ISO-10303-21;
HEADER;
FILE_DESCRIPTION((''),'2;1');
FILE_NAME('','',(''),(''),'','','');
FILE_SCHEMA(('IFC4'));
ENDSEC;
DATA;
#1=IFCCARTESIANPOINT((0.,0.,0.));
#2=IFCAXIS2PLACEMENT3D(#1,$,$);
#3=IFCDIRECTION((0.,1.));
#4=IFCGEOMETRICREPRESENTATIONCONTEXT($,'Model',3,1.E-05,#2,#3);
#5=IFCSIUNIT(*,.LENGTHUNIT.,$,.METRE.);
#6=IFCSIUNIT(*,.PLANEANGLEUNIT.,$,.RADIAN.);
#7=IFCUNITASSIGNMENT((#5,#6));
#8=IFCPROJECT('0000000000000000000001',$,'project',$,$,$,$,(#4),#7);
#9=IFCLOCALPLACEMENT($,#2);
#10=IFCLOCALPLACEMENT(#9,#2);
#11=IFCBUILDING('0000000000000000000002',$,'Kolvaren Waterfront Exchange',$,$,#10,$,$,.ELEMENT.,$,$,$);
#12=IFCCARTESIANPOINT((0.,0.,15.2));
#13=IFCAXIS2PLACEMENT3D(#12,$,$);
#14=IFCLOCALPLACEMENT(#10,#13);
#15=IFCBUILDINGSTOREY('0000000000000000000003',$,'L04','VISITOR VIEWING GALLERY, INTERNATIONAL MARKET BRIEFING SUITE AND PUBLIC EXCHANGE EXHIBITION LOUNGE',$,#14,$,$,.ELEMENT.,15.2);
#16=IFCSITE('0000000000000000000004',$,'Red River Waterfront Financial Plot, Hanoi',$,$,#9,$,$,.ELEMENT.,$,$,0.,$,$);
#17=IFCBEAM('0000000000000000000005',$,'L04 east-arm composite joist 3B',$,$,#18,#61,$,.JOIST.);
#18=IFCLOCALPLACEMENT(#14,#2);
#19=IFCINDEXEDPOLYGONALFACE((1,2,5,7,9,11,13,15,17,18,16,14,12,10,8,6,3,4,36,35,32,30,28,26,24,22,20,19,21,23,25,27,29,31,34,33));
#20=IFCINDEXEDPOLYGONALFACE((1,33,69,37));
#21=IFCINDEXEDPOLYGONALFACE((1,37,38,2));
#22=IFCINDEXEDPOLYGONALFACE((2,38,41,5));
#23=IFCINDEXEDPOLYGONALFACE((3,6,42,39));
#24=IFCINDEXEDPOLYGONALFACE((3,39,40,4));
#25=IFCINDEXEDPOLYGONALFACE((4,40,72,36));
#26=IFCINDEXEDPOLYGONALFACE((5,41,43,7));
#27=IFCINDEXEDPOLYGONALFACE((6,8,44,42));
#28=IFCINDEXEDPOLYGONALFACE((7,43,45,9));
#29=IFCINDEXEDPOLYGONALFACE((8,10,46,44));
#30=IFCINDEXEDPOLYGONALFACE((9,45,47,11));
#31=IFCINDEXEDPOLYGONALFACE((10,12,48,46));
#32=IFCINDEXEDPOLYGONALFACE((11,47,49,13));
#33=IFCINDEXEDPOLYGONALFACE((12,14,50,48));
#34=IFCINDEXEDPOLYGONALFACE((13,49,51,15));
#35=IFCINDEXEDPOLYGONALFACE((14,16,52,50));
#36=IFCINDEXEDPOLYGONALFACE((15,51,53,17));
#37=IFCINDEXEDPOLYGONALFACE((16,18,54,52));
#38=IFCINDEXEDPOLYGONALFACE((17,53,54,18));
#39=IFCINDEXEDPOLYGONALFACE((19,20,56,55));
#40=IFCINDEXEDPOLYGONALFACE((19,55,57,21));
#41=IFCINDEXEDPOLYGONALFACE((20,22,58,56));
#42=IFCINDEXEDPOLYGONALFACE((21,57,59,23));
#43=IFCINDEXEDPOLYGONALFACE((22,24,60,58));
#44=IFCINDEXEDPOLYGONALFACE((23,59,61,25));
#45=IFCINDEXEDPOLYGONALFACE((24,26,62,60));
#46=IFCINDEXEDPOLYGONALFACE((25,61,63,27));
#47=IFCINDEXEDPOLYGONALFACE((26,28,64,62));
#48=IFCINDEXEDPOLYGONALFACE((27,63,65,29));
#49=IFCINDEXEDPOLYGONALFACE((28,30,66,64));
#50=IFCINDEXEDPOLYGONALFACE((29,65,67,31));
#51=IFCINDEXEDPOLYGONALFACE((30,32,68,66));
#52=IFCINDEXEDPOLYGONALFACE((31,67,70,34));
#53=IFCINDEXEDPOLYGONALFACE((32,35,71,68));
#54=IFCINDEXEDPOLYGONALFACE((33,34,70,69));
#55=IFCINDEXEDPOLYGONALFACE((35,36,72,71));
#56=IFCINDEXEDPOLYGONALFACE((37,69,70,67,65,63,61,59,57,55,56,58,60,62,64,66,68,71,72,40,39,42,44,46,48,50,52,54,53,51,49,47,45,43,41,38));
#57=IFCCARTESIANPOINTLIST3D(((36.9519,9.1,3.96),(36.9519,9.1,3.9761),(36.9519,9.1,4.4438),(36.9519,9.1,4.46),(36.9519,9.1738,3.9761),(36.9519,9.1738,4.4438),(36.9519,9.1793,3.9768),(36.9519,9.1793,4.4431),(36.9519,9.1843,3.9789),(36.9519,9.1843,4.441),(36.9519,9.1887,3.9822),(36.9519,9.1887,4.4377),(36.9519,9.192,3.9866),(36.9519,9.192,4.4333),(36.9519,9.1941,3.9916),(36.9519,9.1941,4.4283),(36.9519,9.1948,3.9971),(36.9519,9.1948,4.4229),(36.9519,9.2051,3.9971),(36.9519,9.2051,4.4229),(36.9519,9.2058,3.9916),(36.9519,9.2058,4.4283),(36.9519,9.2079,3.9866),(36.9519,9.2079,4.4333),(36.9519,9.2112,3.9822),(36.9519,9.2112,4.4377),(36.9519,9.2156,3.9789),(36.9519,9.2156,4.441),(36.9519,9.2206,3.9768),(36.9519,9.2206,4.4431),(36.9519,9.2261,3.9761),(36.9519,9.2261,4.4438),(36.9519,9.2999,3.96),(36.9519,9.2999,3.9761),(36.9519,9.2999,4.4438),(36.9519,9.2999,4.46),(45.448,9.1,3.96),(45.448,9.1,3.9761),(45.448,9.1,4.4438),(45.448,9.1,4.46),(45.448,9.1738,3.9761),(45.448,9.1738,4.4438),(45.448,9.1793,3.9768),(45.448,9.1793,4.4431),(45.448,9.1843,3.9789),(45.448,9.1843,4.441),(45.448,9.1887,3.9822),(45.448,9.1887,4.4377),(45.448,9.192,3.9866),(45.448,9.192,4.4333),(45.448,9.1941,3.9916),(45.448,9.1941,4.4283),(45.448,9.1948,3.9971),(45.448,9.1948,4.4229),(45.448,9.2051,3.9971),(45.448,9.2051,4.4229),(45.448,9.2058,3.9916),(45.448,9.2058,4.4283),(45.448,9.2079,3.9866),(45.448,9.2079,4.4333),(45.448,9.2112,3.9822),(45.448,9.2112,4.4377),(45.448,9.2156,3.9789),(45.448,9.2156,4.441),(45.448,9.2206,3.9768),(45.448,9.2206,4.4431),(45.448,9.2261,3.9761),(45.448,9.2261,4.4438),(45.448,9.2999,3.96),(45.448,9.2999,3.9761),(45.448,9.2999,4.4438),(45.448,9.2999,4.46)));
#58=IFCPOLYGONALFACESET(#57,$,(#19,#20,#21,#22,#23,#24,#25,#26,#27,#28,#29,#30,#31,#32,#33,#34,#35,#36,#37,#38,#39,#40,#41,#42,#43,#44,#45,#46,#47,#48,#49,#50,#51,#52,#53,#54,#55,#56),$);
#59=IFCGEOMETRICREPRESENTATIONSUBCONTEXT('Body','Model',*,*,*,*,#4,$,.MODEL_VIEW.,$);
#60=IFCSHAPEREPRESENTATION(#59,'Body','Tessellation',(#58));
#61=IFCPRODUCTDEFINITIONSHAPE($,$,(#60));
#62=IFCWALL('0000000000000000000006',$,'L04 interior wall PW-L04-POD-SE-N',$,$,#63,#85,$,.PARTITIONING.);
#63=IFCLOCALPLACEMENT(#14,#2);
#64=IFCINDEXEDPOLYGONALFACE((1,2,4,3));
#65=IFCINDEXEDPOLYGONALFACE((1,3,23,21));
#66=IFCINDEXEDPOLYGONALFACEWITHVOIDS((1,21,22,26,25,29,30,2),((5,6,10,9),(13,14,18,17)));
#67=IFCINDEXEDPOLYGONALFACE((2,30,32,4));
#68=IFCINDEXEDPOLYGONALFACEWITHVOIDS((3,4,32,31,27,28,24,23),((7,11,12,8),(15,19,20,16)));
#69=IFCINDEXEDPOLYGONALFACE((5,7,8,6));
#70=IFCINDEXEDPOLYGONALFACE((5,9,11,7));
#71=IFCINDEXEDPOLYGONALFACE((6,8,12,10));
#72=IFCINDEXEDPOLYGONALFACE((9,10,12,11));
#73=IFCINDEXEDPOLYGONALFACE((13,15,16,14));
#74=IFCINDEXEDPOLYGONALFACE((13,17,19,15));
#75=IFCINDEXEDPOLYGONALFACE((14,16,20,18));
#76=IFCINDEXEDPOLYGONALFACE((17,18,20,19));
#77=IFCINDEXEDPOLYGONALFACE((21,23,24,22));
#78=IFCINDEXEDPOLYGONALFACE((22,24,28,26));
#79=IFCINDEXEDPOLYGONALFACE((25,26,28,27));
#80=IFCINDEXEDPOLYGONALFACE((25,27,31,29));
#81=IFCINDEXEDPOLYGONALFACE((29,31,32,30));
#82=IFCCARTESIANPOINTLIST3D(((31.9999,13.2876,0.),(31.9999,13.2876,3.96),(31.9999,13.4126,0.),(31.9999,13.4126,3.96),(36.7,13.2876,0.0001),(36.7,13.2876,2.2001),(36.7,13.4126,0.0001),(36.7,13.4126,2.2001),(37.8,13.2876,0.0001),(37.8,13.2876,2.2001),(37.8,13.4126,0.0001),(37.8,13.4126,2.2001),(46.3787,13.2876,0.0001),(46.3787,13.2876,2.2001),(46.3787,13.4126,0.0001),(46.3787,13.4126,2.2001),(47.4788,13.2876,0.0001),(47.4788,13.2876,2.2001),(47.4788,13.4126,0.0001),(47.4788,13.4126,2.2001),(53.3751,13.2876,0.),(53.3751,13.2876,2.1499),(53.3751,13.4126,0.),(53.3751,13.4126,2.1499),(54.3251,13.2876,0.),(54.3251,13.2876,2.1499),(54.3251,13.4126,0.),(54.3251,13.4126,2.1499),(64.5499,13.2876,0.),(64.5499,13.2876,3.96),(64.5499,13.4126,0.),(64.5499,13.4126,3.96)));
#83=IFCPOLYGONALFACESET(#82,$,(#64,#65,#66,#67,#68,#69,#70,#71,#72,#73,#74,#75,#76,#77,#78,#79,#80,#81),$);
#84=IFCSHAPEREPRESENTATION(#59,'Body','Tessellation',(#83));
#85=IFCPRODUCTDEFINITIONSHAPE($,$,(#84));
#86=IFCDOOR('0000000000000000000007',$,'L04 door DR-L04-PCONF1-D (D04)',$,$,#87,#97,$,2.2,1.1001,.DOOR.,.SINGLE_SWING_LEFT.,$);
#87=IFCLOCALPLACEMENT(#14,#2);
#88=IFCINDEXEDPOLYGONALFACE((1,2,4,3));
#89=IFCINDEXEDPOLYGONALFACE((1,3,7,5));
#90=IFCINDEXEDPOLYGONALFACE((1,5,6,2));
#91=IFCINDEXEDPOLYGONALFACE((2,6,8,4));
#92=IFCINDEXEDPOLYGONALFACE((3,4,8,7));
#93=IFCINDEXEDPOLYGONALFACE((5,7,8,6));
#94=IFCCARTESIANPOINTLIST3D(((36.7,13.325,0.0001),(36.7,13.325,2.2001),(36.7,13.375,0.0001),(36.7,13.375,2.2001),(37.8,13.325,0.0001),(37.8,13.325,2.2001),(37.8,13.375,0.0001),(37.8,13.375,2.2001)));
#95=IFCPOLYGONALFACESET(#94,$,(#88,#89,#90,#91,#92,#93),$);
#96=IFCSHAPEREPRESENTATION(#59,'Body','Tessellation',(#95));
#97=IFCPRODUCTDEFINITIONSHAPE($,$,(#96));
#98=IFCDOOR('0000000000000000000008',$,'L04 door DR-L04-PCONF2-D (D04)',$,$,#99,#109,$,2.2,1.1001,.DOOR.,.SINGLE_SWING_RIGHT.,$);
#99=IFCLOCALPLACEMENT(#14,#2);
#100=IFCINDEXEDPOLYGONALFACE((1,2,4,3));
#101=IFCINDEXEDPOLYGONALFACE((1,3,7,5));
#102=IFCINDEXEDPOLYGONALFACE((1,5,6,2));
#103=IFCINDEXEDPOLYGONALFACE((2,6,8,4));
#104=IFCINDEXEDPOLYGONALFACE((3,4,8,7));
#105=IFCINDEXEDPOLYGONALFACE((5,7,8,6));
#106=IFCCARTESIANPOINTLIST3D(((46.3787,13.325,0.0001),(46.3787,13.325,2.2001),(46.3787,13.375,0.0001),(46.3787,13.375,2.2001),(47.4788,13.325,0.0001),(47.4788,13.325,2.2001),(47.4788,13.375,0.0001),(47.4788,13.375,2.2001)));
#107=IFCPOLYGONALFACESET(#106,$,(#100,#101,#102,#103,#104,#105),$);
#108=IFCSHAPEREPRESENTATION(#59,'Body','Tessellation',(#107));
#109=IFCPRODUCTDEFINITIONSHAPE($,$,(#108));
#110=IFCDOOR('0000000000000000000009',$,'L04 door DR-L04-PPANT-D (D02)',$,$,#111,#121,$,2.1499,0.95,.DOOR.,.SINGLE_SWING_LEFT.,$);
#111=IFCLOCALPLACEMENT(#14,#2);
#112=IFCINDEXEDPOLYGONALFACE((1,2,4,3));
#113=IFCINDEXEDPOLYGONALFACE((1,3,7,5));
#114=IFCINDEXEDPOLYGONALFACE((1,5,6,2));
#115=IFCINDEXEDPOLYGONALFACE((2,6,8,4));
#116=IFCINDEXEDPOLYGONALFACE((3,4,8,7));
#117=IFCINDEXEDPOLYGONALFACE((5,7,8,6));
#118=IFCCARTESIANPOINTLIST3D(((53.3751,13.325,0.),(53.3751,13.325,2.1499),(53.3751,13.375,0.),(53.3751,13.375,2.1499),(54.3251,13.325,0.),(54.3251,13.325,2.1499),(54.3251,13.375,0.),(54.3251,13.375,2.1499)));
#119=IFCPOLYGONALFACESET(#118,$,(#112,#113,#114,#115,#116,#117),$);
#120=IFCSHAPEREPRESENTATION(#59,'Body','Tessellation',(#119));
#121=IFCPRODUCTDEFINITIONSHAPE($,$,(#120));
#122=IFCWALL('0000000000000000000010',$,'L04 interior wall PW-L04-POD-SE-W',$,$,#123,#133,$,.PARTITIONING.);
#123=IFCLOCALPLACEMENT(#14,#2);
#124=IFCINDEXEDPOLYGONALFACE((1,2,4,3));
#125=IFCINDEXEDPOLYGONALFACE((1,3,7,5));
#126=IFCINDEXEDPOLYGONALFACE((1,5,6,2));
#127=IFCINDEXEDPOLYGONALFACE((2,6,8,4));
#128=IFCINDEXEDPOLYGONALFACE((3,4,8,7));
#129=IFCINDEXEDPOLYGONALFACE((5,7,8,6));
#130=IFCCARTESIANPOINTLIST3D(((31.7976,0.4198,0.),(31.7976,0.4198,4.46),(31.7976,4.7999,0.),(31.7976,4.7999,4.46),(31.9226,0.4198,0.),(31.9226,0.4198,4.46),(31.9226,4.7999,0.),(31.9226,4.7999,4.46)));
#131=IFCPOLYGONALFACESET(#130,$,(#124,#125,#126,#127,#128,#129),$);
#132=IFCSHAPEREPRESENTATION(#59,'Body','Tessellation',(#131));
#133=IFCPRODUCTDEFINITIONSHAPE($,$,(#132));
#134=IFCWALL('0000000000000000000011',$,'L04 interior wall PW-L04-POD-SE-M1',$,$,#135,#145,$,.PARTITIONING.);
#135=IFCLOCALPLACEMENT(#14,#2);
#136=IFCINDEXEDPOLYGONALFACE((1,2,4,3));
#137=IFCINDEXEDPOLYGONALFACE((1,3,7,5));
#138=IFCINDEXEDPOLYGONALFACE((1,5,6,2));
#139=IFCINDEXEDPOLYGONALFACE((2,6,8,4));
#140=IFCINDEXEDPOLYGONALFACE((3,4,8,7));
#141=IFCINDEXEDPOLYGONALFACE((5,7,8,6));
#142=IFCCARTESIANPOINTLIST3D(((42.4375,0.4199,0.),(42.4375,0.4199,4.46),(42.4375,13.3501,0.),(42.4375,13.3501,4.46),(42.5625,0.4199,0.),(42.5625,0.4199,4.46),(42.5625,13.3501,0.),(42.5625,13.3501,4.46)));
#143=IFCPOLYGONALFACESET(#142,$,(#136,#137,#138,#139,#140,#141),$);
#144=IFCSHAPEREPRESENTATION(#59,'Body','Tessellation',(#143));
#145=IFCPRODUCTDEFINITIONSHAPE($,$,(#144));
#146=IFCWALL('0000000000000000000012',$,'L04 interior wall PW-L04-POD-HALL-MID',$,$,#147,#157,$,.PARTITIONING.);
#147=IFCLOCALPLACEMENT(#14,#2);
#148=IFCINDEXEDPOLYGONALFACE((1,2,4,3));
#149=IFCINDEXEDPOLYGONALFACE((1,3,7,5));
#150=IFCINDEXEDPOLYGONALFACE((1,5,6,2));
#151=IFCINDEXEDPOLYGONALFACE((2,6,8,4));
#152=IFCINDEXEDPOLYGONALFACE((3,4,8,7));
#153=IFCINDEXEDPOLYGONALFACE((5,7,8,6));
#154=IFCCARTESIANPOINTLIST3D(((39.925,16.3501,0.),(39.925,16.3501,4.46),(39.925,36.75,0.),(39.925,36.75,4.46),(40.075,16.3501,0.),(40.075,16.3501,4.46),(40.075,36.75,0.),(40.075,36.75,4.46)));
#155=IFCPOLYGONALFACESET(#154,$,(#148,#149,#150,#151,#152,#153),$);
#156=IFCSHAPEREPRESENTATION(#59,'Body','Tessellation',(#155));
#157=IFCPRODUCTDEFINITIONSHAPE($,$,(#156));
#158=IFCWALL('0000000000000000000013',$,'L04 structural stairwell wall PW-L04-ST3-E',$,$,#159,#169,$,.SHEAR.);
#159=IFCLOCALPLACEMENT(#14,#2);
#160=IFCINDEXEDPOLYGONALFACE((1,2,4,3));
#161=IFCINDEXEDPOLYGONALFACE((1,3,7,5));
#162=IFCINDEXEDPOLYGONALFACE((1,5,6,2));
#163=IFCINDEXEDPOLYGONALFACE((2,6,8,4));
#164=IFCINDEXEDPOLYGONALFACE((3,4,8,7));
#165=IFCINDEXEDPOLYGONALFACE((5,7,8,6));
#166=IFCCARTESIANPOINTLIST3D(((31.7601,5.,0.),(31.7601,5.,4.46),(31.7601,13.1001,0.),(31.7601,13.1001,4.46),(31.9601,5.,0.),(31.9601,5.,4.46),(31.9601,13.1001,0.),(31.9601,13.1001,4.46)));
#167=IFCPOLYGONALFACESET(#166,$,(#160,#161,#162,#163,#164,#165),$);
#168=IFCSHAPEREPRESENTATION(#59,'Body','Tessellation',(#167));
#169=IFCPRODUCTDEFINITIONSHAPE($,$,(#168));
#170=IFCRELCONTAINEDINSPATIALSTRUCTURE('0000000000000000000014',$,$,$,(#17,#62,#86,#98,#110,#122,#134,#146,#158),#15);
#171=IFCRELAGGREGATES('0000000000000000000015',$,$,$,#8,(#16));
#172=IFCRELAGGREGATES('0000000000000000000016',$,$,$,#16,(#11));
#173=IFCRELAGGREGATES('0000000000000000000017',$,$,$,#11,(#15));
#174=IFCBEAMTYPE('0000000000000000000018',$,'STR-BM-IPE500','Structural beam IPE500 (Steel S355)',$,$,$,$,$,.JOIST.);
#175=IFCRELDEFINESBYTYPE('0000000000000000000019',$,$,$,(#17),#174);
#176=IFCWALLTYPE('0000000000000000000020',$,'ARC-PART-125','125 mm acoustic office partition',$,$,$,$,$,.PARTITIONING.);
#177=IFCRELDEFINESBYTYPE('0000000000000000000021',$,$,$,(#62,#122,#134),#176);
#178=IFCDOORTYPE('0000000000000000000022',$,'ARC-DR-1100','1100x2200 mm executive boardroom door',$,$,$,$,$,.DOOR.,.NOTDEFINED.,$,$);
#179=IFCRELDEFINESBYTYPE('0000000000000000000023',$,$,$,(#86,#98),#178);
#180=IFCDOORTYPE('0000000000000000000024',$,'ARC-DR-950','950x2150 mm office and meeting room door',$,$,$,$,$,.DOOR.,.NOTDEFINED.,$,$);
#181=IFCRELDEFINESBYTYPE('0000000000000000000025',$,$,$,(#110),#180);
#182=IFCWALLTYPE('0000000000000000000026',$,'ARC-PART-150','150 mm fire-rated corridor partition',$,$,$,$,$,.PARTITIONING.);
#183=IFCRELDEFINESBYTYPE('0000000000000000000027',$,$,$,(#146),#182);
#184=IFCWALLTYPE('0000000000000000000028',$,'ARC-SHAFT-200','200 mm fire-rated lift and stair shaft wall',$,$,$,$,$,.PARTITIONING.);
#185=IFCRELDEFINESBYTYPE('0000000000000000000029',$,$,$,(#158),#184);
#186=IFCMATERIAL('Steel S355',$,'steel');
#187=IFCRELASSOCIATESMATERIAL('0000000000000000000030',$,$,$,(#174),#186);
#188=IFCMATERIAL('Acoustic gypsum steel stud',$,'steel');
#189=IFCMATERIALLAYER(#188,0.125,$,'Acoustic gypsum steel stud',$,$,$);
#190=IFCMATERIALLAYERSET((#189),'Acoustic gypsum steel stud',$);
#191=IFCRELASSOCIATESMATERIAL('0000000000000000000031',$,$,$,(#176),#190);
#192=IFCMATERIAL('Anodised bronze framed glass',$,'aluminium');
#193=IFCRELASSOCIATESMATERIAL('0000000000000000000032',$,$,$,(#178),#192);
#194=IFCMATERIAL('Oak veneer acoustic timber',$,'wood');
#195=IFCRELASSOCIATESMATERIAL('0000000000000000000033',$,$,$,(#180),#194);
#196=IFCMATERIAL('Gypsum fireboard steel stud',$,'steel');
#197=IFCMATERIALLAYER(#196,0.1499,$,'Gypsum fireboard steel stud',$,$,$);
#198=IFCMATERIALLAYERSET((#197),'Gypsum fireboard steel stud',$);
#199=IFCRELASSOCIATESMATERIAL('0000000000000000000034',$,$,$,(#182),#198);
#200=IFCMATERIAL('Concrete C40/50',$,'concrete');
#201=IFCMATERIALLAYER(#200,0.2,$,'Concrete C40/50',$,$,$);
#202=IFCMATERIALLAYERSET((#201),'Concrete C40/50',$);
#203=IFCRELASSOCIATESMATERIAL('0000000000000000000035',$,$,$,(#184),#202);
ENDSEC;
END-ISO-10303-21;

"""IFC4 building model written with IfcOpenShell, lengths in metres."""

from ifc_helpers import new_model, si_unit, direction, frame, frame_2d, origin, origin_2d, place, context, subcontext, project, spatial, rectangle, i_section, extrude, material, layer, layer_set, material_profile, profile_set, type_object, element, fill, save


model = new_model("IFC4")

# Units and contexts
model_context = context("Model", 3, precision=1e-05, world=origin(), true_north=direction((0.0, 1.0)))
body_context = subcontext(model_context, "Body", "Model", "MODEL_VIEW")
ifc_project = project(units=[si_unit("LENGTHUNIT", "METRE"), si_unit("PLANEANGLEUNIT", "RADIAN")], contexts=[model_context])

# Site, building, storey
site_placement = place(None, origin())
site = spatial("IfcSite", under=ifc_project, at=site_placement, Name="Red River Waterfront Financial Plot, Hanoi", CompositionType="ELEMENT", RefElevation=0.0)
building_placement = place(site_placement, origin())
building = spatial("IfcBuilding", under=site, at=building_placement, Name="Kolvaren Waterfront Exchange", CompositionType="ELEMENT")
storey_placement = place(building_placement, frame((0.0, 0.0, 15.2)))
storey = spatial("IfcBuildingStorey", under=building, at=storey_placement, Name="L04", Description="VISITOR VIEWING GALLERY, INTERNATIONAL MARKET BRIEFING SUITE AND PUBLIC EXCHANGE EXHIBITION LOUNGE", CompositionType="ELEMENT", Elevation=15.2)

# Beam
ifc_material_1 = material(Name="Steel S355", Category="steel")
ifc_material_profile_1 = material_profile(ifc_material_1, i_section(OverallWidth=0.2, OverallDepth=0.5, WebThickness=0.0103, FlangeThickness=0.0161, FilletRadius=0.021, at=origin_2d()), Name="IPE500")
ifc_profile_set_1 = profile_set([ifc_material_profile_1], Name="Steel S355")
beam_type_1 = type_object("IfcBeamType", Name="STR-BM-IPE500", Description="Structural beam IPE500 (Steel S355)", PredefinedType="JOIST", material=ifc_profile_set_1)
for number, where, z_axis, x_axis, name in (
    (1, (36.9519, 9.2, 4.21), (1.0, 0.0, 0.0), (0.0, 1.0, 0.0), "L04 east-arm composite joist 3B"),
):
    element("IfcBeam", number, at=place(storey_placement, frame(where, z_axis=z_axis, x_axis=x_axis)), inside=storey, type_object=beam_type_1, Name=name, PredefinedType="JOIST", context=body_context, shape_type="SweptSolid", body=[
        extrude(i_section(OverallWidth=0.2, OverallDepth=0.5, WebThickness=0.0103, FlangeThickness=0.0161, FilletRadius=0.021, at=origin_2d()), origin(), (0.0, 0.0, 1.0), 8.4961),
    ])

# Wall, openings, doors
ifc_material_2 = material(Name="Acoustic gypsum steel stud", Category="steel")
ifc_layer_1 = layer(ifc_material_2, 0.125, Name="Acoustic gypsum steel stud")
ifc_layer_set_1 = layer_set([ifc_layer_1], Name="Acoustic gypsum steel stud")
wall_type_1 = type_object("IfcWallType", Name="ARC-PART-125", Description="125 mm acoustic office partition", PredefinedType="PARTITIONING", material=ifc_layer_set_1)
wall_1_placement = place(storey_placement, frame((32.0, 13.3501, 0.0), z_axis=(0.0, 0.0, 1.0), x_axis=(1.0, 0.0, 0.0)))
wall_1 = element("IfcWall", 2, at=wall_1_placement, inside=storey, type_object=wall_type_1, Name="L04 interior wall PW-L04-POD-SE-N", PredefinedType="PARTITIONING", context=body_context, shape_type="SweptSolid", body=[
    extrude(rectangle(XDim=32.55, YDim=0.125, at=frame_2d((16.2749, 0.0))), origin(), (0.0, 0.0, 1.0), 3.96),
])
opening_1_placement = place(wall_1_placement, frame((4.7, 0.0, 0.0)))
opening_1 = element("IfcOpeningElement", 3, at=opening_1_placement, cuts=wall_1, PredefinedType="OPENING", context=body_context, shape_type="SweptSolid", body=[
    extrude(rectangle(XDim=1.1001, YDim=2.2, at=frame_2d((0.55, 1.1001))), frame((0.0, 0.0725, 0.0), z_axis=(0.0, -1.0, 0.0), x_axis=(1.0, 0.0, 0.0)), (0.0, 0.0, 1.0), 0.145),
])
opening_2_placement = place(wall_1_placement, frame((14.3787, 0.0, 0.0)))
opening_2 = element("IfcOpeningElement", 4, at=opening_2_placement, cuts=wall_1, PredefinedType="OPENING", context=body_context, shape_type="SweptSolid", body=[
    extrude(rectangle(XDim=1.1001, YDim=2.2, at=frame_2d((0.55, 1.1001))), frame((0.0, 0.0725, 0.0), z_axis=(0.0, -1.0, 0.0), x_axis=(1.0, 0.0, 0.0)), (0.0, 0.0, 1.0), 0.145),
])
opening_3_placement = place(wall_1_placement, frame((21.375, 0.0, 0.0)))
opening_3 = element("IfcOpeningElement", 5, at=opening_3_placement, cuts=wall_1, PredefinedType="OPENING", context=body_context, shape_type="SweptSolid", body=[
    extrude(rectangle(XDim=0.95, YDim=2.1499, at=frame_2d((0.4751, 1.075))), frame((0.0, 0.0725, 0.0), z_axis=(0.0, -1.0, 0.0), x_axis=(1.0, 0.0, 0.0)), (0.0, 0.0, 1.0), 0.145),
])
ifc_material_3 = material(Name="Anodised bronze framed glass", Category="aluminium")
door_type_1 = type_object("IfcDoorType", Name="ARC-DR-1100", Description="1100x2200 mm executive boardroom door", OperationType="NOTDEFINED", PredefinedType="DOOR", material=ifc_material_3)
door_1_placement = place(opening_1_placement, origin())
door_1 = element("IfcDoor", 6, at=door_1_placement, inside=storey, type_object=door_type_1, Name="L04 door DR-L04-PCONF1-D (D04)", OperationType="SINGLE_SWING_LEFT", OverallHeight=2.2, OverallWidth=1.1001, PredefinedType="DOOR", context=body_context, shape_type="SweptSolid", body=[
    extrude(rectangle(XDim=1.1001, YDim=2.2, at=frame_2d((0.55, 1.1001))), frame((0.0, 0.0249, 0.0), z_axis=(0.0, -1.0, 0.0), x_axis=(1.0, 0.0, 0.0)), (0.0, 0.0, 1.0), 0.05),
])
fill(opening_1, door_1)
door_2_placement = place(opening_2_placement, origin())
door_2 = element("IfcDoor", 7, at=door_2_placement, inside=storey, type_object=door_type_1, Name="L04 door DR-L04-PCONF2-D (D04)", OperationType="SINGLE_SWING_RIGHT", OverallHeight=2.2, OverallWidth=1.1001, PredefinedType="DOOR", context=body_context, shape_type="SweptSolid", body=[
    extrude(rectangle(XDim=1.1001, YDim=2.2, at=frame_2d((0.55, 1.1001))), frame((0.0, 0.0249, 0.0), z_axis=(0.0, -1.0, 0.0), x_axis=(1.0, 0.0, 0.0)), (0.0, 0.0, 1.0), 0.05),
])
fill(opening_2, door_2)
ifc_material_4 = material(Name="Oak veneer acoustic timber", Category="wood")
door_type_2 = type_object("IfcDoorType", Name="ARC-DR-950", Description="950x2150 mm office and meeting room door", OperationType="NOTDEFINED", PredefinedType="DOOR", material=ifc_material_4)
door_3_placement = place(opening_3_placement, origin())
door_3 = element("IfcDoor", 8, at=door_3_placement, inside=storey, type_object=door_type_2, Name="L04 door DR-L04-PPANT-D (D02)", OperationType="SINGLE_SWING_LEFT", OverallHeight=2.1499, OverallWidth=0.95, PredefinedType="DOOR", context=body_context, shape_type="SweptSolid", body=[
    extrude(rectangle(XDim=0.95, YDim=2.1499, at=frame_2d((0.4751, 1.075))), frame((0.0, 0.0249, 0.0), z_axis=(0.0, -1.0, 0.0), x_axis=(1.0, 0.0, 0.0)), (0.0, 0.0, 1.0), 0.05),
])
fill(opening_3, door_3)

# Walls
wall_2_placement = place(storey_placement, frame((31.8601, 0.4199, 0.0), z_axis=(0.0, 0.0, 1.0), x_axis=(0.0, 1.0, 0.0)))
element("IfcWall", 9, at=wall_2_placement, inside=storey, type_object=wall_type_1, Name="L04 interior wall PW-L04-POD-SE-W", PredefinedType="PARTITIONING", context=body_context, shape_type="SweptSolid", body=[
    extrude(rectangle(XDim=4.3801, YDim=0.125, at=frame_2d((2.1899, 0.0))), origin(), (0.0, 0.0, 1.0), 4.46),
])
wall_3_placement = place(storey_placement, frame((42.5, 0.4199, 0.0), z_axis=(0.0, 0.0, 1.0), x_axis=(0.0, 1.0, 0.0)))
element("IfcWall", 10, at=wall_3_placement, inside=storey, type_object=wall_type_1, Name="L04 interior wall PW-L04-POD-SE-M1", PredefinedType="PARTITIONING", context=body_context, shape_type="SweptSolid", body=[
    extrude(rectangle(XDim=12.9302, YDim=0.125, at=frame_2d((6.4651, 0.0))), origin(), (0.0, 0.0, 1.0), 4.46),
])
ifc_material_5 = material(Name="Gypsum fireboard steel stud", Category="steel")
ifc_layer_2 = layer(ifc_material_5, 0.1499, Name="Gypsum fireboard steel stud")
ifc_layer_set_2 = layer_set([ifc_layer_2], Name="Gypsum fireboard steel stud")
wall_type_2 = type_object("IfcWallType", Name="ARC-PART-150", Description="150 mm fire-rated corridor partition", PredefinedType="PARTITIONING", material=ifc_layer_set_2)
wall_4_placement = place(storey_placement, frame((40.0, 16.3501, 0.0), z_axis=(0.0, 0.0, 1.0), x_axis=(0.0, 1.0, 0.0)))
element("IfcWall", 11, at=wall_4_placement, inside=storey, type_object=wall_type_2, Name="L04 interior wall PW-L04-POD-HALL-MID", PredefinedType="PARTITIONING", context=body_context, shape_type="SweptSolid", body=[
    extrude(rectangle(XDim=20.3999, YDim=0.1499, at=frame_2d((10.2, 0.0))), origin(), (0.0, 0.0, 1.0), 4.46),
])
ifc_material_6 = material(Name="Concrete C40/50", Category="concrete")
ifc_layer_3 = layer(ifc_material_6, 0.2, Name="Concrete C40/50")
ifc_layer_set_3 = layer_set([ifc_layer_3], Name="Concrete C40/50")
wall_type_3 = type_object("IfcWallType", Name="ARC-SHAFT-200", Description="200 mm fire-rated lift and stair shaft wall", PredefinedType="PARTITIONING", material=ifc_layer_set_3)
wall_5_placement = place(storey_placement, frame((31.8601, 5.0, 0.0), z_axis=(0.0, 0.0, 1.0), x_axis=(0.0, 1.0, 0.0)))
element("IfcWall", 12, at=wall_5_placement, inside=storey, type_object=wall_type_3, Name="L04 structural stairwell wall PW-L04-ST3-E", PredefinedType="SHEAR", context=body_context, shape_type="SweptSolid", body=[
    extrude(rectangle(XDim=8.1001, YDim=0.2, at=frame_2d((4.05, 0.0))), origin(), (0.0, 0.0, 1.0), 4.46),
])

save(model, "model.ifc")
